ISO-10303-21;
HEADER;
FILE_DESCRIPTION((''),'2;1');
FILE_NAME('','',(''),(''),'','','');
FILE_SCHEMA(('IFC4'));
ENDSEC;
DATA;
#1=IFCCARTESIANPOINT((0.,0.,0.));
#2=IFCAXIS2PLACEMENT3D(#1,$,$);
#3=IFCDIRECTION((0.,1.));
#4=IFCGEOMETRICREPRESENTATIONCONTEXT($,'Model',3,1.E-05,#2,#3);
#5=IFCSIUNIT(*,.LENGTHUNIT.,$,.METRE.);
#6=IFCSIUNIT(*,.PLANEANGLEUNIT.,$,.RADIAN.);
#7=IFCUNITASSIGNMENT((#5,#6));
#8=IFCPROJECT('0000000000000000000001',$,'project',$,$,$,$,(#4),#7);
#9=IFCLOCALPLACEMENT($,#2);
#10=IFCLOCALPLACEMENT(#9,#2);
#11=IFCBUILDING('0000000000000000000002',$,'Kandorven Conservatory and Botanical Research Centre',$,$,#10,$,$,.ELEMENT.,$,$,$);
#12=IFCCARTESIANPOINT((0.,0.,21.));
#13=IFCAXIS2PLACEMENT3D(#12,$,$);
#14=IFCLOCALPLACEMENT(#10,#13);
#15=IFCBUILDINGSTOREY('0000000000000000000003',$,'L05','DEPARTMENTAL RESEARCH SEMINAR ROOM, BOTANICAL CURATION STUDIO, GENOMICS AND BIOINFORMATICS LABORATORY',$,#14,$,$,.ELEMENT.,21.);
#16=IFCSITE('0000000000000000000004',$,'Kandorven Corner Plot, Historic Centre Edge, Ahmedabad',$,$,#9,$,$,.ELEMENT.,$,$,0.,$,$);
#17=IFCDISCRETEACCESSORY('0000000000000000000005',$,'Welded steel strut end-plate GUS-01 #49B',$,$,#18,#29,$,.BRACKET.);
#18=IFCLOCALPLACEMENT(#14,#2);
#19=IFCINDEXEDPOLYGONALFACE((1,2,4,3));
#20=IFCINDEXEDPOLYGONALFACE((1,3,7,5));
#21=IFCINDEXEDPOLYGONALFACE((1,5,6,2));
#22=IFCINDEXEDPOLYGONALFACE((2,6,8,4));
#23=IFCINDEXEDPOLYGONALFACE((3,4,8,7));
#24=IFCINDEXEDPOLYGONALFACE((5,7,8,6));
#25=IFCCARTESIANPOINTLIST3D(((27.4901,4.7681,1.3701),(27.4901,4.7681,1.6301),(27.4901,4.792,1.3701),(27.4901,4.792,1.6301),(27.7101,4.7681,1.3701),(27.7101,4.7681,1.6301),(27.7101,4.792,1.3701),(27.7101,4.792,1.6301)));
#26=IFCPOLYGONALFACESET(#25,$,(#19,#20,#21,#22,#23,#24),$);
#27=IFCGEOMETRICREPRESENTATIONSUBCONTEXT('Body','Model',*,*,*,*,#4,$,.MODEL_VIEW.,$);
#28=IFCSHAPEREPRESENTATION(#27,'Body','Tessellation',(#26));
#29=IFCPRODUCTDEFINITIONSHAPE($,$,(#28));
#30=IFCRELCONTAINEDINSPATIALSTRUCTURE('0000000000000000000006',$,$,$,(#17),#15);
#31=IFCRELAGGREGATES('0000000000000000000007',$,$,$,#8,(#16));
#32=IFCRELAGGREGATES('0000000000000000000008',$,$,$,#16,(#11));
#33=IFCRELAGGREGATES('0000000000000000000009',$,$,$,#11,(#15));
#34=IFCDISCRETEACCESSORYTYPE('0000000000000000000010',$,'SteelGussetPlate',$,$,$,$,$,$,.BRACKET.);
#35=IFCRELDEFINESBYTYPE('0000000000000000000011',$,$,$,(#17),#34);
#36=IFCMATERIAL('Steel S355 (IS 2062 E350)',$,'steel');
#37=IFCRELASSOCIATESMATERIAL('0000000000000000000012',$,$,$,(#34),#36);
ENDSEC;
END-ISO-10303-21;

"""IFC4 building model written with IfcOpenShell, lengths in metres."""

from ifc_helpers import new_model, si_unit, direction, frame, origin, origin_2d, place, context, subcontext, project, spatial, rectangle, extrude, material, type_object, element, save


model = new_model("IFC4")

# Units and contexts
model_context = context("Model", 3, precision=1e-05, world=origin(), true_north=direction((0.0, 1.0)))
body_context = subcontext(model_context, "Body", "Model", "MODEL_VIEW")
ifc_project = project(units=[si_unit("LENGTHUNIT", "METRE"), si_unit("PLANEANGLEUNIT", "RADIAN")], contexts=[model_context])

# Site, building, storey
site_placement = place(None, origin())
site = spatial("IfcSite", under=ifc_project, at=site_placement, Name="Kandorven Corner Plot, Historic Centre Edge, Ahmedabad", CompositionType="ELEMENT", RefElevation=0.0)
building_placement = place(site_placement, origin())
building = spatial("IfcBuilding", under=site, at=building_placement, Name="Kandorven Conservatory and Botanical Research Centre", CompositionType="ELEMENT")
storey_placement = place(building_placement, frame((0.0, 0.0, 21.0)))
storey = spatial("IfcBuildingStorey", under=building, at=storey_placement, Name="L05", Description="DEPARTMENTAL RESEARCH SEMINAR ROOM, BOTANICAL CURATION STUDIO, GENOMICS AND BIOINFORMATICS LABORATORY", CompositionType="ELEMENT", Elevation=21.0)

# Discrete accessory
ifc_material_1 = material(Name="Steel S355 (IS 2062 E350)", Category="steel")
discrete_accessory_type_1 = type_object("IfcDiscreteAccessoryType", Name="SteelGussetPlate", PredefinedType="BRACKET", material=ifc_material_1)
for number, where, z_axis, x_axis, name in (
    (1, (27.6001, 4.78, 1.3701), (0.0, 0.0, 1.0), (1.0, 0.0, 0.0), "Welded steel strut end-plate GUS-01 #49B"),
):
    element("IfcDiscreteAccessory", number, at=place(storey_placement, frame(where, z_axis=z_axis, x_axis=x_axis)), inside=storey, type_object=discrete_accessory_type_1, Name=name, PredefinedType="BRACKET", context=body_context, shape_type="SweptSolid", body=[
        extrude(rectangle(XDim=0.22, YDim=0.0239, at=origin_2d()), origin(), (0.0, 0.0, 1.0), 0.26),
    ])

save(model, "model.ifc")
